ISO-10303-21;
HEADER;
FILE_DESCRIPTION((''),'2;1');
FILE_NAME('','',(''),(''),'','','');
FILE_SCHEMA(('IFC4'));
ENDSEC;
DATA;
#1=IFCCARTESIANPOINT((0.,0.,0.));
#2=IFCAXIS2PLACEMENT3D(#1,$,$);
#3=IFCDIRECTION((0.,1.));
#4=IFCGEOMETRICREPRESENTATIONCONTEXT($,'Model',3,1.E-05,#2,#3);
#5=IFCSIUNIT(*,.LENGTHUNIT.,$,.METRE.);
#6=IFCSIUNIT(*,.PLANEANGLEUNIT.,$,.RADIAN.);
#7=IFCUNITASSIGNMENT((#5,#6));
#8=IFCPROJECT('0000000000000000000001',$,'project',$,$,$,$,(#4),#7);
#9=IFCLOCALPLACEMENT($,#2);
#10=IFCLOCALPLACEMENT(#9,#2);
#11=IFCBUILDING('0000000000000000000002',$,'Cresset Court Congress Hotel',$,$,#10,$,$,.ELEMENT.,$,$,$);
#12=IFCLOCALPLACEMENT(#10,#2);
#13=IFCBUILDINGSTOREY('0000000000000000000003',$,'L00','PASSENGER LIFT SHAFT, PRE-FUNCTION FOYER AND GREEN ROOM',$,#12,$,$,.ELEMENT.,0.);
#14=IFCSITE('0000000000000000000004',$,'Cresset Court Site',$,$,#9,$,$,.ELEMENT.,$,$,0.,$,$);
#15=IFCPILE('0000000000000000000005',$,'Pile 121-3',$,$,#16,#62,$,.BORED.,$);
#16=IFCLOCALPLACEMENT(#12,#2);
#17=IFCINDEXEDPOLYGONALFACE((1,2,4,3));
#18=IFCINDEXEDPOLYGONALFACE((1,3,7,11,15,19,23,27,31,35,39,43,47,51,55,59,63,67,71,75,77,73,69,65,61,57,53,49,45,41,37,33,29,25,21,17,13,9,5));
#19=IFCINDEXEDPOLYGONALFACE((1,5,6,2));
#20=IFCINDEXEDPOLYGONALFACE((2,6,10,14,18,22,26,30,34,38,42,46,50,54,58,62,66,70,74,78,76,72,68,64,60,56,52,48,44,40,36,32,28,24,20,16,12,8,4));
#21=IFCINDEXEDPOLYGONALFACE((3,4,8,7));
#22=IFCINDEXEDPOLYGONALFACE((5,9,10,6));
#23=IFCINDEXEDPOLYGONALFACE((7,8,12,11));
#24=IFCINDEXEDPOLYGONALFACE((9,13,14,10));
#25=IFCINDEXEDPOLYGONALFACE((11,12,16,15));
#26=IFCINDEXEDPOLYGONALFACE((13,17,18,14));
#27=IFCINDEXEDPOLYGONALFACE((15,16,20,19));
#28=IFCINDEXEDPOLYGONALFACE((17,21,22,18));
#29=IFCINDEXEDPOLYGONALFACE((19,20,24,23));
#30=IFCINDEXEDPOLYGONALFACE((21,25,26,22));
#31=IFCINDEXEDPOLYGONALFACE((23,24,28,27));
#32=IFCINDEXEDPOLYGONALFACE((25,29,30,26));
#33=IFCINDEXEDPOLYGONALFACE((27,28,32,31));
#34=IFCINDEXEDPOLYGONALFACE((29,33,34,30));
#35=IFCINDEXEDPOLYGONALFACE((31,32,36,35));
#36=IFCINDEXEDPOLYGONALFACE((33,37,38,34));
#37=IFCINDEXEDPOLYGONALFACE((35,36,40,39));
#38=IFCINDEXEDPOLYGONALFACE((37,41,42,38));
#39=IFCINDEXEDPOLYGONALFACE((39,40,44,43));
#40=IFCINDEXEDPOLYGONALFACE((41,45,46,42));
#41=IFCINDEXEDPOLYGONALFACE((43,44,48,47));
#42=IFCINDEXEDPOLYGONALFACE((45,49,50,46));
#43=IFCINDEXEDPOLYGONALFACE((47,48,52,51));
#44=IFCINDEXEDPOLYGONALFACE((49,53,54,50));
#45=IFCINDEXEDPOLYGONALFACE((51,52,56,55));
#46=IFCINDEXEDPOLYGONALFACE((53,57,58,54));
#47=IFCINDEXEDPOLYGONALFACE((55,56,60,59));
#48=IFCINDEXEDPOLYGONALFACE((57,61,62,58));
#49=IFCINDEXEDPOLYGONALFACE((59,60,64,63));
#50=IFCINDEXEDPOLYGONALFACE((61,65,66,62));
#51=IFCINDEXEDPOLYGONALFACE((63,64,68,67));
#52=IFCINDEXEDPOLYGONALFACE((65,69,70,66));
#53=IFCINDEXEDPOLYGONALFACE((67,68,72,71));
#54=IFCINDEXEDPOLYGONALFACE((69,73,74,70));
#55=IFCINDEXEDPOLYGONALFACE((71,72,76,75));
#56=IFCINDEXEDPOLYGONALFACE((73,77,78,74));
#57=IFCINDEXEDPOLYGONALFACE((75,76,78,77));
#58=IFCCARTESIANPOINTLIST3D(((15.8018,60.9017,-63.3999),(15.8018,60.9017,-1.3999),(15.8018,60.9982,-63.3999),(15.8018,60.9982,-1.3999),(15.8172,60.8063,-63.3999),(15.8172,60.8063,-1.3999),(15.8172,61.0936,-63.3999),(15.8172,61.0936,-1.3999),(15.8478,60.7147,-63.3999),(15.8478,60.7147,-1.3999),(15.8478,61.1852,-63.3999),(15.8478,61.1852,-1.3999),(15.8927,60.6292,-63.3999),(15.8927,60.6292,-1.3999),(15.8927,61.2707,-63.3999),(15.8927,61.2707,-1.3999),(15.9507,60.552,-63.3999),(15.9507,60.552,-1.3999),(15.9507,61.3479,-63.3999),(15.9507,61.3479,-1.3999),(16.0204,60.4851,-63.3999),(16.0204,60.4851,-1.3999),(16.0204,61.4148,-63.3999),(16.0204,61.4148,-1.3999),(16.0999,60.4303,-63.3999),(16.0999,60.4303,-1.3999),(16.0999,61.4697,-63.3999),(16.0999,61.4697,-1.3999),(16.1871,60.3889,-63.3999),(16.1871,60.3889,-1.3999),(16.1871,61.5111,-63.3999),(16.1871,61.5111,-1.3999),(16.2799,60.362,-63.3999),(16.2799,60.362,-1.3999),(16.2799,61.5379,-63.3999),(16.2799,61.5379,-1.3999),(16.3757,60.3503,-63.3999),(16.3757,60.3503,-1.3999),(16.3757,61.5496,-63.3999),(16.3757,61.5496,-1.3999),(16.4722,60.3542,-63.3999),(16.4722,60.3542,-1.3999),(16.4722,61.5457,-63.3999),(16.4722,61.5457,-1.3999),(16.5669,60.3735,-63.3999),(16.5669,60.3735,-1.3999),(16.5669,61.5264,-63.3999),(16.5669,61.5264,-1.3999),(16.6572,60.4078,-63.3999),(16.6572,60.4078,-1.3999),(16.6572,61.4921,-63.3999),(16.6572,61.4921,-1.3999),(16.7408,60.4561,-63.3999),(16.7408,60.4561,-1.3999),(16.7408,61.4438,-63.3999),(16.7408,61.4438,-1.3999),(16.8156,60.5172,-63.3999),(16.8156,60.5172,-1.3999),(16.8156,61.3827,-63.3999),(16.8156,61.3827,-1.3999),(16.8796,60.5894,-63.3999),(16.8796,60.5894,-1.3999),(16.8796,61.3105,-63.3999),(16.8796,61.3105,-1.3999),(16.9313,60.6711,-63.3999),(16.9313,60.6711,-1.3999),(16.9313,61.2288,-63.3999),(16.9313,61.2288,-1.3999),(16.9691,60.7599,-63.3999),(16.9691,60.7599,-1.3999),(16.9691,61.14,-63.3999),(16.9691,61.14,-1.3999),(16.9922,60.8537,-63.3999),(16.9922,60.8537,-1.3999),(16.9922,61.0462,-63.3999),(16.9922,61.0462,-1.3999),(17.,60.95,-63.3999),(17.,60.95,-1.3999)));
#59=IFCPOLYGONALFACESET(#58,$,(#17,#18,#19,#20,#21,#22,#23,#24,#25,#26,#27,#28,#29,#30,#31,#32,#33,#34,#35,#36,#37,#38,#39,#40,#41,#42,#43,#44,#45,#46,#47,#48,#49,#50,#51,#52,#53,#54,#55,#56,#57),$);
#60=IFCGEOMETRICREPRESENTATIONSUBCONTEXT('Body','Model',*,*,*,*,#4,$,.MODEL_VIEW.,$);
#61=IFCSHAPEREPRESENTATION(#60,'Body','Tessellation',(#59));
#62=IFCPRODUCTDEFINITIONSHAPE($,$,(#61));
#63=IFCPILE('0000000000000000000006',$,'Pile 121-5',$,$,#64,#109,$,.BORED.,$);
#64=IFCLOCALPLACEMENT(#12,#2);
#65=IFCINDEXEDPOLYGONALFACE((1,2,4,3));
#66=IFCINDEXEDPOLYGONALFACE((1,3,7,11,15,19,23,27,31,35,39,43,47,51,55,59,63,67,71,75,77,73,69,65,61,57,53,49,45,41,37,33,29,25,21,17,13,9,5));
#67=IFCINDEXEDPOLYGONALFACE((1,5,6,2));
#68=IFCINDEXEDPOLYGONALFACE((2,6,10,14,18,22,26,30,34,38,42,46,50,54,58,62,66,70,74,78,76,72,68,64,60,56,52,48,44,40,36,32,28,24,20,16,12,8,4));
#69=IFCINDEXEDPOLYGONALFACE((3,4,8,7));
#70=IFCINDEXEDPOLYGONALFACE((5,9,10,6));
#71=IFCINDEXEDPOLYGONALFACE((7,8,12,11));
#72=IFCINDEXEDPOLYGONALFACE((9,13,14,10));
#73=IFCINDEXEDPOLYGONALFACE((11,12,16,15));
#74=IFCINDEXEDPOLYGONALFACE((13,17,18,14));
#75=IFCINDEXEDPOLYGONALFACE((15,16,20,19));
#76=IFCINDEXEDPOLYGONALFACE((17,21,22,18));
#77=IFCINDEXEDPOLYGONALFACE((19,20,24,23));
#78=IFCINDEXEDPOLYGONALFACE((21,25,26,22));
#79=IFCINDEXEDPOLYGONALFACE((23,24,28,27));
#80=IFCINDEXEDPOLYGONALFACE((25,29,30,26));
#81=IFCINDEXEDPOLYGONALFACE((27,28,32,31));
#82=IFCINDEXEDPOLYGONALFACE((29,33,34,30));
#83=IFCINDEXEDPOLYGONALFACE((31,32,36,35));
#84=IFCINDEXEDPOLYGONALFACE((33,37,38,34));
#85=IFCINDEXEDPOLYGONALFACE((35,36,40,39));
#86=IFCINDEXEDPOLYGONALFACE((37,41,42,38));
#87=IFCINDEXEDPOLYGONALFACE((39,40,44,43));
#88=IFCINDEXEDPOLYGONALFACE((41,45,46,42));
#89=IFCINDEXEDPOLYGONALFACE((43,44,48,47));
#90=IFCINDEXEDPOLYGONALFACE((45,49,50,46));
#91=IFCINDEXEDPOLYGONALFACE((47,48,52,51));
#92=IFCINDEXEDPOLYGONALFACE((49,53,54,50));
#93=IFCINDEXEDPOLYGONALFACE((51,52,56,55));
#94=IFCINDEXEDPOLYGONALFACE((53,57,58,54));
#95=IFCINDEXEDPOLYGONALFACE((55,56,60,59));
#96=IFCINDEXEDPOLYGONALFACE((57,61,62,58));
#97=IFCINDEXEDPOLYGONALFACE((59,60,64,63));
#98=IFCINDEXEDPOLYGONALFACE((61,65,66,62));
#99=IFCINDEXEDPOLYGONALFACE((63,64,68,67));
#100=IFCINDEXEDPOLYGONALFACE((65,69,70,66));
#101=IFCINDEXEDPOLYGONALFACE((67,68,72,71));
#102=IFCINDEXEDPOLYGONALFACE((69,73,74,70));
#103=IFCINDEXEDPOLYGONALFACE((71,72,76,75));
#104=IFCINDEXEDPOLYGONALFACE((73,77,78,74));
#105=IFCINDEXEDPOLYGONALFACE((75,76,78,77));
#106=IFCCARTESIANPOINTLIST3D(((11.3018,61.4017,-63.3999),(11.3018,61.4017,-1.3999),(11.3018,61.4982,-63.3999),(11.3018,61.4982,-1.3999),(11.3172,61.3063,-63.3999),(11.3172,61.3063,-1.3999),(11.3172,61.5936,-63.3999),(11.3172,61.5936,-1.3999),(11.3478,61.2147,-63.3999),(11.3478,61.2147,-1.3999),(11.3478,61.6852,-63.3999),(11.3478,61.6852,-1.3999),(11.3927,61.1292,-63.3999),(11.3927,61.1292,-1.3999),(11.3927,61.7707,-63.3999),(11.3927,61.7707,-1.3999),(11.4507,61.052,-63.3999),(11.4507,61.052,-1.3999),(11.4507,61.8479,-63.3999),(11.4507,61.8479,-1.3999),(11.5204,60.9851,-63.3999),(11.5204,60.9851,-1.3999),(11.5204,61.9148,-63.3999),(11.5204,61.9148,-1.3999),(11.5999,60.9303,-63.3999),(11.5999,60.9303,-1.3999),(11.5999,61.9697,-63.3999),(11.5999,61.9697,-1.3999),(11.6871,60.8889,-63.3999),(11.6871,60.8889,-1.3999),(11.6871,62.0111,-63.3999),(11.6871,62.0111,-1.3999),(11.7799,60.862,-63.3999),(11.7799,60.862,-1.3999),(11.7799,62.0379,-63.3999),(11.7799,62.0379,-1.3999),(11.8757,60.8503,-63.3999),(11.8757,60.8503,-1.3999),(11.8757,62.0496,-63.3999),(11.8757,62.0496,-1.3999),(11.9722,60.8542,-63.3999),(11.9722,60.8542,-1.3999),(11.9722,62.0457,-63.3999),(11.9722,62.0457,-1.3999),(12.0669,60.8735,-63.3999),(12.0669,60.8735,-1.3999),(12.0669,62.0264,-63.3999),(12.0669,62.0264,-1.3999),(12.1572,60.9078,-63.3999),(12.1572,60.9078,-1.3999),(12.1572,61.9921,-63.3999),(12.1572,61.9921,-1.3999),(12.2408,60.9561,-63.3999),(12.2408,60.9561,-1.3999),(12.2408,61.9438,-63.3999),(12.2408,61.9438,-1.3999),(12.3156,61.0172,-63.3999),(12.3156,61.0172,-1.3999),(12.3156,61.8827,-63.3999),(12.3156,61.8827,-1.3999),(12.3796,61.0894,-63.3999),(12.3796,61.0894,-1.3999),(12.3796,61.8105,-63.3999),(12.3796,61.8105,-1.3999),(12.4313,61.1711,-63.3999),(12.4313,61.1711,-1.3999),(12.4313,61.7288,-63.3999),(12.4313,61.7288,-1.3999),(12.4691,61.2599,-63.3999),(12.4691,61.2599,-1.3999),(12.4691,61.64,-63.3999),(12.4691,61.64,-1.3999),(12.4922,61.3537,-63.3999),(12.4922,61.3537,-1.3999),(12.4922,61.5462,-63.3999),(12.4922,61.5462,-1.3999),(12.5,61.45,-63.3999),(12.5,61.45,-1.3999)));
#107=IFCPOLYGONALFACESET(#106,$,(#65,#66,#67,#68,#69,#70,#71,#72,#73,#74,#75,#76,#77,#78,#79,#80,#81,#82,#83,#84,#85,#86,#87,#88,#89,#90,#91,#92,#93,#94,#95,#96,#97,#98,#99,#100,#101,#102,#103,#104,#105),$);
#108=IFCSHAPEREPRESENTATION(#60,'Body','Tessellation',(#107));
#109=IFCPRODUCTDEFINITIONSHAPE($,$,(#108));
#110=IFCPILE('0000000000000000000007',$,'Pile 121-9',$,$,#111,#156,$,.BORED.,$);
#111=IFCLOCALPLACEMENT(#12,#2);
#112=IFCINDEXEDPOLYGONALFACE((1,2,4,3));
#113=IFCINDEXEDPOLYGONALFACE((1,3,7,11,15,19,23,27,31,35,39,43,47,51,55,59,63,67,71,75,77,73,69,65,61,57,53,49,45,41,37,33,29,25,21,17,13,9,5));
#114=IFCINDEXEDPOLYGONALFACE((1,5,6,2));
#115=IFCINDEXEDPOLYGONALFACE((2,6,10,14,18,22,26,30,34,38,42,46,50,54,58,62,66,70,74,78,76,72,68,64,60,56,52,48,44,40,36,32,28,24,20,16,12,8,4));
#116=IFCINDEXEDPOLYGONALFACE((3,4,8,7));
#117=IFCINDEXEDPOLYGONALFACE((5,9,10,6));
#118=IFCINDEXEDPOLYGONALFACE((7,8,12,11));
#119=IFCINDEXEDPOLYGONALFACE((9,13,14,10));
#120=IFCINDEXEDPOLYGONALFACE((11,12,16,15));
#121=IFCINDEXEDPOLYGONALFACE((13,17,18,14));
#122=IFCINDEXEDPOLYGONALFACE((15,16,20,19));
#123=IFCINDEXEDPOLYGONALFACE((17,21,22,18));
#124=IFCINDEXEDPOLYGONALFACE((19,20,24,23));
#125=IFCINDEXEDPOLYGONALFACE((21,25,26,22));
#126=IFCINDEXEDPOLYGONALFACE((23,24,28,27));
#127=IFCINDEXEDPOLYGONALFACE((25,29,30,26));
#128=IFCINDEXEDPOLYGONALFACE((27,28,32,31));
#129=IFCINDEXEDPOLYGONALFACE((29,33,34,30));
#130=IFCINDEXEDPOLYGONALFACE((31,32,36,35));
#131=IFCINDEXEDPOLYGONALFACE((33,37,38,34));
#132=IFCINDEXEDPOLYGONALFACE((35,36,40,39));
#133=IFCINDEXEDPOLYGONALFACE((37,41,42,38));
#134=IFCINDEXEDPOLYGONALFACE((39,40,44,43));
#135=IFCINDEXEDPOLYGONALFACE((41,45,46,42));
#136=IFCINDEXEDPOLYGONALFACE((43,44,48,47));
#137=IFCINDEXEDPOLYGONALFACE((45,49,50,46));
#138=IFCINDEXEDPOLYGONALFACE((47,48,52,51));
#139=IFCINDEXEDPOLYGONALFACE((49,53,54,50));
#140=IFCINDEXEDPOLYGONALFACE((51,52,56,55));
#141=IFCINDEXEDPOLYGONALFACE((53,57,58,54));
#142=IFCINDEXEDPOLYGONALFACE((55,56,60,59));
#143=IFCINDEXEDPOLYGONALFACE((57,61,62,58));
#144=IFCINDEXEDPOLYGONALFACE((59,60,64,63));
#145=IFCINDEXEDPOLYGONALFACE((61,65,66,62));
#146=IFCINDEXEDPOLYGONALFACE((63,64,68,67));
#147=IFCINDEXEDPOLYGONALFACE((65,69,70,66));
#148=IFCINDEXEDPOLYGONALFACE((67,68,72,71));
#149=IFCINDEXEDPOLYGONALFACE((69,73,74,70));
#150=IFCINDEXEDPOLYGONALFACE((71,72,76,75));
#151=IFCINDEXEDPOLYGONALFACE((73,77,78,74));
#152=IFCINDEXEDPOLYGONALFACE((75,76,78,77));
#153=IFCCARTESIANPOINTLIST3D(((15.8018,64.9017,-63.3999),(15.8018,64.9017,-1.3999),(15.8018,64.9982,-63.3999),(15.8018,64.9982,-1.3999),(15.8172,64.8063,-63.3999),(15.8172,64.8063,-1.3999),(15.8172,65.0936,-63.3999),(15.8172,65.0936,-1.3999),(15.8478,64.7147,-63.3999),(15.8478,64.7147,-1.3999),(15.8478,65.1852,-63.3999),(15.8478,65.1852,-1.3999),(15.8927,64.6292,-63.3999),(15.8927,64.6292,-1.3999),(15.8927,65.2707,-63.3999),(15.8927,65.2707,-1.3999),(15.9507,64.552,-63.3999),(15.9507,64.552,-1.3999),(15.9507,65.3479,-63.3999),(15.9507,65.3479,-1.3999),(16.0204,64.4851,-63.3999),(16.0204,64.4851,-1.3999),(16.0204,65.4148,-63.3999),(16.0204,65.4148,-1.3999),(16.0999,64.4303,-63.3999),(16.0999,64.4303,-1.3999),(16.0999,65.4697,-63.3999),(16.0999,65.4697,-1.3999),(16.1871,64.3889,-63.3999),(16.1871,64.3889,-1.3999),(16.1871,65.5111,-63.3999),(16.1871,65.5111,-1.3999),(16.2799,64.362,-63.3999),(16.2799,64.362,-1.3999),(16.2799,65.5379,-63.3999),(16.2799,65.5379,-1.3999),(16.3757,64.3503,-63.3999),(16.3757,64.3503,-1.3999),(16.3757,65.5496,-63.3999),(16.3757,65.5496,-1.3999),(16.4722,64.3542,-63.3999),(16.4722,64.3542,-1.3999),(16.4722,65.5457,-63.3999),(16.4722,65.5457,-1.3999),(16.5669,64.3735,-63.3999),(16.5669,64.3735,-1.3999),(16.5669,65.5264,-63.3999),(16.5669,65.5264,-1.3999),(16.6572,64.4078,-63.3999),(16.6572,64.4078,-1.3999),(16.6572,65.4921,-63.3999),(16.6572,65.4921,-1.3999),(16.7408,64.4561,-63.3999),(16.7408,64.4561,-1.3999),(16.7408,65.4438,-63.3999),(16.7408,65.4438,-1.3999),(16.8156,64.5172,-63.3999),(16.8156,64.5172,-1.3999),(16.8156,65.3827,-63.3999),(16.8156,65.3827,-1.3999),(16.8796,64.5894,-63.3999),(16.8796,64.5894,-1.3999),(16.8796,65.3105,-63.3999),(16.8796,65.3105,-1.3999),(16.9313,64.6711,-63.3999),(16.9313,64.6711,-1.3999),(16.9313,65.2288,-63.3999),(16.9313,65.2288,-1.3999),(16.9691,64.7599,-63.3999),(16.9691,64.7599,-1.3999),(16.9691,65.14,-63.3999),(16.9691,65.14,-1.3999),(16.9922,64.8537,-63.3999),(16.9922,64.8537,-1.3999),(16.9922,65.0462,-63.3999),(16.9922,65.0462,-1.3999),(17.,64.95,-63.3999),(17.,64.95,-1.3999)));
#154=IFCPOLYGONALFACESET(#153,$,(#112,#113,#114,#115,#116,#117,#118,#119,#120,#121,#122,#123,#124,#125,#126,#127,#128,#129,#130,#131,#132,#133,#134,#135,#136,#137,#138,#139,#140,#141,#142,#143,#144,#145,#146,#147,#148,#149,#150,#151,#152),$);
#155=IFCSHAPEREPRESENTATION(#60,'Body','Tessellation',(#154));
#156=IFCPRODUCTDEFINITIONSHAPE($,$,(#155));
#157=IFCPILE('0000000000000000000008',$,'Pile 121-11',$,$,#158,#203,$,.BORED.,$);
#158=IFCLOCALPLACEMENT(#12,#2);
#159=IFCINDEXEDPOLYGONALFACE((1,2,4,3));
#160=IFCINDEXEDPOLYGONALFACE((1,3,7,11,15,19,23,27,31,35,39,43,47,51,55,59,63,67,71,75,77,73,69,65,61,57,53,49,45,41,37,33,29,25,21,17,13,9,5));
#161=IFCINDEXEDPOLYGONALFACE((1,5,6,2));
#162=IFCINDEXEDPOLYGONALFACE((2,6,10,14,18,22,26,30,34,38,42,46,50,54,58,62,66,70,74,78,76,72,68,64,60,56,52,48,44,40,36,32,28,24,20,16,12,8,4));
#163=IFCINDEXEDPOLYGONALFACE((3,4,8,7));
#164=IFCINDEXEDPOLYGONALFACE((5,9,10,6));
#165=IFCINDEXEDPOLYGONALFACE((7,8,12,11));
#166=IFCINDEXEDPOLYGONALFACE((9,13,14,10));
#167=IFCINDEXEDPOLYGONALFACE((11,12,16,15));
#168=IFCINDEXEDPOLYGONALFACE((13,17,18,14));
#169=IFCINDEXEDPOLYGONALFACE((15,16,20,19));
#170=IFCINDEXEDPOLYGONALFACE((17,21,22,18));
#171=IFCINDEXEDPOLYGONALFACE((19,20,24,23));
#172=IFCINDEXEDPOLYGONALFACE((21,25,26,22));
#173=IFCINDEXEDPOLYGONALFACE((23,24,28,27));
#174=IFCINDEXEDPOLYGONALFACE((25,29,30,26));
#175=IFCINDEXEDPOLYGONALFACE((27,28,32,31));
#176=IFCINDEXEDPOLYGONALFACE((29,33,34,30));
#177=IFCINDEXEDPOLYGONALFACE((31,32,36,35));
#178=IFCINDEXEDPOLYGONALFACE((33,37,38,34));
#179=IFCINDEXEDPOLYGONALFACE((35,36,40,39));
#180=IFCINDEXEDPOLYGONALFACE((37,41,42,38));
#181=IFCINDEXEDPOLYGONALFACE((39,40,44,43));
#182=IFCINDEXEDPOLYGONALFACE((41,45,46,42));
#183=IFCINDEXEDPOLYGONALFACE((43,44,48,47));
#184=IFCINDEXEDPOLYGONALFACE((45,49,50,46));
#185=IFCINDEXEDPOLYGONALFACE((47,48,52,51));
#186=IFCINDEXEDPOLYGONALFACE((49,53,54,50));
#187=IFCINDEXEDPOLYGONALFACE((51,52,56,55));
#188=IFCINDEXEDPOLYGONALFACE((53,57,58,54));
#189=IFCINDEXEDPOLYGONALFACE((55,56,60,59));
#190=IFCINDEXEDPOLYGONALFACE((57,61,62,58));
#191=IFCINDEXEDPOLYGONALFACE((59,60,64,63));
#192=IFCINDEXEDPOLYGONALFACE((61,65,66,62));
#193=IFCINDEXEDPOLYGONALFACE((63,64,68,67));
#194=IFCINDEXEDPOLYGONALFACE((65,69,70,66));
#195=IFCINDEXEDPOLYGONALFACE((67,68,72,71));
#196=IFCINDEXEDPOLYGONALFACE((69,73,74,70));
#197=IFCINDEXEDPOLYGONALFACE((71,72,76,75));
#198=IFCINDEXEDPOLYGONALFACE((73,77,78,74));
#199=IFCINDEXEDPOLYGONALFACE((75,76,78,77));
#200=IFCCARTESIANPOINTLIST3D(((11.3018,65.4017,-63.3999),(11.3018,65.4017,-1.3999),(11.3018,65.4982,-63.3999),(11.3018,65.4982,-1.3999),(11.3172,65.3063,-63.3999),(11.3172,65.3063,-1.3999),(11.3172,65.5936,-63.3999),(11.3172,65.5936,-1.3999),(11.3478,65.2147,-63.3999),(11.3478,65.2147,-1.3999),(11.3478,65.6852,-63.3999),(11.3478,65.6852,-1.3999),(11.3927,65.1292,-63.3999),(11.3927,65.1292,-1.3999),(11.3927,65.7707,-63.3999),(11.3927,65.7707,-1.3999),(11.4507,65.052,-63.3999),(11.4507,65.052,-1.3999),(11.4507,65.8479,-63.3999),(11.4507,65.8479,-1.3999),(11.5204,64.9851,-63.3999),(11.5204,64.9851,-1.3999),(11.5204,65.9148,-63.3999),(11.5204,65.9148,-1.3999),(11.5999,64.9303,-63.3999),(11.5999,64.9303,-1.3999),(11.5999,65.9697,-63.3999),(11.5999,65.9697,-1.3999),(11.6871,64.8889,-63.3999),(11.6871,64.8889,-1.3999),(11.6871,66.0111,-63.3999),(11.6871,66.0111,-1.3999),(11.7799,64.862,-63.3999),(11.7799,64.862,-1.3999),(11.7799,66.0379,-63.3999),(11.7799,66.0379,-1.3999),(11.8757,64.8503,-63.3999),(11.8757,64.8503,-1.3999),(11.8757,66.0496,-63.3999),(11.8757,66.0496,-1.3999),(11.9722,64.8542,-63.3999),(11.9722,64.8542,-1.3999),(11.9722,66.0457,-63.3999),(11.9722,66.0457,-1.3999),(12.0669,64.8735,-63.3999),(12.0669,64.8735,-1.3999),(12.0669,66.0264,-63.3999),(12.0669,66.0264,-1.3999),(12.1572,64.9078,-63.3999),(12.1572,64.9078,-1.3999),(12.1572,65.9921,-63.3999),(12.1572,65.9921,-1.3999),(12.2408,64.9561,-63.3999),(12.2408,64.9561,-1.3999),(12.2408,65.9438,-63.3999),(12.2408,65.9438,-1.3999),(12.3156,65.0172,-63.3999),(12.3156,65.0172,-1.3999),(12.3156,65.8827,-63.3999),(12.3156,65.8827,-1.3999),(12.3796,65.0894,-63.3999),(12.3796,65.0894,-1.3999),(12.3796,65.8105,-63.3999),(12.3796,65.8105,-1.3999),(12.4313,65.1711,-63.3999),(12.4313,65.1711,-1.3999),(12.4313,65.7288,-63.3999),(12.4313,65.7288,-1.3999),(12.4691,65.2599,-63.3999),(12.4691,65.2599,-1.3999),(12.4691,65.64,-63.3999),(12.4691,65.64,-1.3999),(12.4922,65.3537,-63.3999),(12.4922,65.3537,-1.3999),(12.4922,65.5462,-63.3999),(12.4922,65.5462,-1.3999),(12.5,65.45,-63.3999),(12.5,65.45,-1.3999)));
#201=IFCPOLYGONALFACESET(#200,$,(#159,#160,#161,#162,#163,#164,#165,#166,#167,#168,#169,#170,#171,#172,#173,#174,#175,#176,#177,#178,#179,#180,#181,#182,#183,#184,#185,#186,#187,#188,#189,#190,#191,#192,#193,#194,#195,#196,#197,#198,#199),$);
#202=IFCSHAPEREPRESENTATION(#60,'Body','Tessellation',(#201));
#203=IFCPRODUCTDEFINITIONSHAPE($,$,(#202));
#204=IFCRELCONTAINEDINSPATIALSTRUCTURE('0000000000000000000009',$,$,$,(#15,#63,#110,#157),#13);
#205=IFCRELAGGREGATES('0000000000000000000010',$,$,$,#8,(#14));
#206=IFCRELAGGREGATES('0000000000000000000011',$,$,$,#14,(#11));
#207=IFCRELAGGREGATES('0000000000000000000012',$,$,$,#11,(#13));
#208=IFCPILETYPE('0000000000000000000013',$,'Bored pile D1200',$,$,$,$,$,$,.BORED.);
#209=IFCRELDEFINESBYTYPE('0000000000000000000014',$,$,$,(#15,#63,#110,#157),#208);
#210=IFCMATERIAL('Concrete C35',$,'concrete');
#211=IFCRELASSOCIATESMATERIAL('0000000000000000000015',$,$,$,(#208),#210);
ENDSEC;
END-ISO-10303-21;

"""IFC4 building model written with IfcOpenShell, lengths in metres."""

from ifc_helpers import new_model, si_unit, direction, frame, origin, origin_2d, place, context, subcontext, project, spatial, circle, extrude, material, type_object, element, save


model = new_model("IFC4")

# Units and contexts
model_context = context("Model", 3, precision=1e-05, world=origin(), true_north=direction((0.0, 1.0)))
body_context = subcontext(model_context, "Body", "Model", "MODEL_VIEW")
ifc_project = project(units=[si_unit("LENGTHUNIT", "METRE"), si_unit("PLANEANGLEUNIT", "RADIAN")], contexts=[model_context])

# Site, building, storey
site_placement = place(None, origin())
site = spatial("IfcSite", under=ifc_project, at=site_placement, Name="Cresset Court Site", CompositionType="ELEMENT", RefElevation=0.0)
building_placement = place(site_placement, origin())
building = spatial("IfcBuilding", under=site, at=building_placement, Name="Cresset Court Congress Hotel", CompositionType="ELEMENT")
storey_placement = place(building_placement, origin())
storey = spatial("IfcBuildingStorey", under=building, at=storey_placement, Name="L00", Description="PASSENGER LIFT SHAFT, PRE-FUNCTION FOYER AND GREEN ROOM", CompositionType="ELEMENT", Elevation=0.0)

# Piles
ifc_material_1 = material(Name="Concrete C35", Category="concrete")
pile_type = type_object("IfcPileType", Name="Bored pile D1200", PredefinedType="BORED", material=ifc_material_1)
for number, where, z_axis, x_axis, name in (
    (1, (16.3999, 60.95, -1.3999), (0.0, 0.0, -1.0), (1.0, 0.0, 0.0), "Pile 121-3"),
    (2, (11.8999, 61.45, -1.3999), (0.0, 0.0, -1.0), (1.0, 0.0, 0.0), "Pile 121-5"),
    (3, (16.3999, 64.95, -1.3999), (0.0, 0.0, -1.0), (1.0, 0.0, 0.0), "Pile 121-9"),
    (4, (11.8999, 65.45, -1.3999), (0.0, 0.0, -1.0), (1.0, 0.0, 0.0), "Pile 121-11"),
):
    element("IfcPile", number, at=place(storey_placement, frame(where, z_axis=z_axis, x_axis=x_axis)), inside=storey, type_object=pile_type, Name=name, PredefinedType="BORED", context=body_context, shape_type="SweptSolid", body=[
        extrude(circle(Radius=0.6001, at=origin_2d()), origin(), (0.0, 0.0, 1.0), 62.0),
    ])

save(model, "model.ifc")
